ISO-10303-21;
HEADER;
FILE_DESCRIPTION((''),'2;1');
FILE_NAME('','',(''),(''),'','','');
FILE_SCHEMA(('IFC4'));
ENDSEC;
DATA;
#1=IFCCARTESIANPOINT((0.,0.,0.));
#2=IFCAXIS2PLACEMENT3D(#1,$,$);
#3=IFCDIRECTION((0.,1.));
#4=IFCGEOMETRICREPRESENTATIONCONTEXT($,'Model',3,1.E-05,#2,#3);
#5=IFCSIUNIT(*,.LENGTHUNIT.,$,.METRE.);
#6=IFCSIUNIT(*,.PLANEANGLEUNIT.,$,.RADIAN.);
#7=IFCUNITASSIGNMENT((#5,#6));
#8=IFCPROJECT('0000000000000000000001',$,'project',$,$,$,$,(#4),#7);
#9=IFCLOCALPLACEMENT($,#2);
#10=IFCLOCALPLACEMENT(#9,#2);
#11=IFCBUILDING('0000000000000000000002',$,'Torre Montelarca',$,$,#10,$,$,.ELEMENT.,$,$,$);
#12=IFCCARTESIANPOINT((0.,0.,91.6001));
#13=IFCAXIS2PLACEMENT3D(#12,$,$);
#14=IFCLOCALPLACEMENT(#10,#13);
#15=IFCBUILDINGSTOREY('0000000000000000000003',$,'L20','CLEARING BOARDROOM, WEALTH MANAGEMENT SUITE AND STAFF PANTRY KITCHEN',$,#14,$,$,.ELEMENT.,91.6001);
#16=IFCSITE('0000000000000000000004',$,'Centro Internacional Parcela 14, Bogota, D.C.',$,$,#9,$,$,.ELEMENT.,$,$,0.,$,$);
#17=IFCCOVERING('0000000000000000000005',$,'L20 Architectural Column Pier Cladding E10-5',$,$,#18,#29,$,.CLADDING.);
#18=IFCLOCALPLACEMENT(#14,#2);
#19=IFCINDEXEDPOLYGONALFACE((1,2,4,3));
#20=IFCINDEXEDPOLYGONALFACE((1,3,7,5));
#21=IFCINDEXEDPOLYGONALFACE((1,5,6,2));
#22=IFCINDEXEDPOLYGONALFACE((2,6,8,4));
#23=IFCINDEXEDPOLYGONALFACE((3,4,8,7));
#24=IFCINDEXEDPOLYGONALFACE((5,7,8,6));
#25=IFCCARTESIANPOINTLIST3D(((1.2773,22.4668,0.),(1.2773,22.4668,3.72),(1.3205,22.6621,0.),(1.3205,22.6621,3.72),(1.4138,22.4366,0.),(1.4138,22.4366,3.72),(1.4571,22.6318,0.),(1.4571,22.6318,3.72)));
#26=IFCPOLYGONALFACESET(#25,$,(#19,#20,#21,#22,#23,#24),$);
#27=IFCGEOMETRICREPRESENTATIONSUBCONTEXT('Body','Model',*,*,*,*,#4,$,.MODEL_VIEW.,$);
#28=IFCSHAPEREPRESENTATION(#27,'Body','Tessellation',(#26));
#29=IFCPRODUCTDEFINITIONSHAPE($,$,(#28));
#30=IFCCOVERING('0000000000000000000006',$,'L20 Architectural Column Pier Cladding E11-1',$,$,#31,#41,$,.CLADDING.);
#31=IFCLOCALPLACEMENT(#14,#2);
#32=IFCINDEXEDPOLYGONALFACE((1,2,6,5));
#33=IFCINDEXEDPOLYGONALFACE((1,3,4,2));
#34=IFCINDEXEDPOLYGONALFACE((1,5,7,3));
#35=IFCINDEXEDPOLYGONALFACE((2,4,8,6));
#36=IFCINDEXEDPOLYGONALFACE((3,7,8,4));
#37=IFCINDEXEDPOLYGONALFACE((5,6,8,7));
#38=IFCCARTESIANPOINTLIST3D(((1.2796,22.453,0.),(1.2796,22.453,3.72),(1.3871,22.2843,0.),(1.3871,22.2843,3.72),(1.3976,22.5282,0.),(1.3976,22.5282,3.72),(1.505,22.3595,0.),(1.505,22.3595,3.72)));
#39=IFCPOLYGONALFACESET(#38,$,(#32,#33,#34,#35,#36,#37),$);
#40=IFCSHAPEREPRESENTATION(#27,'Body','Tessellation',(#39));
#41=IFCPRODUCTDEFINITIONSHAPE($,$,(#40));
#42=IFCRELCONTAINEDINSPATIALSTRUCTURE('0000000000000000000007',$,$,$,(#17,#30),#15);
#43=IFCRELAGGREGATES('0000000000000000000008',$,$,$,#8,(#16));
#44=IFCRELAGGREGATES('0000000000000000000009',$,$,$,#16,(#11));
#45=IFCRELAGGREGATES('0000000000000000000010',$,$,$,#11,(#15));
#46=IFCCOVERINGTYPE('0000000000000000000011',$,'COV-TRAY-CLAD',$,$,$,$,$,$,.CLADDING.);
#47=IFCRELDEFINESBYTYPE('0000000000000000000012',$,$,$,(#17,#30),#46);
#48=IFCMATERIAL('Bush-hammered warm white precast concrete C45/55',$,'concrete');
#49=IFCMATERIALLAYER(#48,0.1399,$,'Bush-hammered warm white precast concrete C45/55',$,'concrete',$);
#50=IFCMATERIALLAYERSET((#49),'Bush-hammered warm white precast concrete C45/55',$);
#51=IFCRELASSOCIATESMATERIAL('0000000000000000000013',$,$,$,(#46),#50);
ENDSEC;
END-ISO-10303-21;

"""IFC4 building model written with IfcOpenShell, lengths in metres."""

from ifc_helpers import new_model, si_unit, direction, frame, origin, origin_2d, place, context, subcontext, project, spatial, rectangle, extrude, source, transform, mapped, material, layer, layer_set, type_object, element, save


model = new_model("IFC4")

# Units and contexts
model_context = context("Model", 3, precision=1e-05, world=origin(), true_north=direction((0.0, 1.0)))
body_context = subcontext(model_context, "Body", "Model", "MODEL_VIEW")
ifc_project = project(units=[si_unit("LENGTHUNIT", "METRE"), si_unit("PLANEANGLEUNIT", "RADIAN")], contexts=[model_context])

# Site, building, storey
site_placement = place(None, origin())
site = spatial("IfcSite", under=ifc_project, at=site_placement, Name="Centro Internacional Parcela 14, Bogota, D.C.", CompositionType="ELEMENT", RefElevation=0.0)
building_placement = place(site_placement, origin())
building = spatial("IfcBuilding", under=site, at=building_placement, Name="Torre Montelarca", CompositionType="ELEMENT")
storey_placement = place(building_placement, frame((0.0, 0.0, 91.6001)))
storey = spatial("IfcBuildingStorey", under=building, at=storey_placement, Name="L20", Description="CLEARING BOARDROOM, WEALTH MANAGEMENT SUITE AND STAFF PANTRY KITCHEN", CompositionType="ELEMENT", Elevation=91.6001)

# Coverings
ifc_material_1 = material(Name="Bush-hammered warm white precast concrete C45/55", Category="concrete")
ifc_layer_1 = layer(ifc_material_1, 0.1399, Name="Bush-hammered warm white precast concrete C45/55", Category="concrete")
ifc_layer_set_1 = layer_set([ifc_layer_1], Name="Bush-hammered warm white precast concrete C45/55")
covering_type = type_object("IfcCoveringType", Name="COV-TRAY-CLAD", PredefinedType="CLADDING", material=ifc_layer_set_1)
shared_shape_1 = source(origin(), body_context, "Body", "SweptSolid", [
    extrude(rectangle(XDim=0.2, YDim=0.1399, at=origin_2d()), origin(), (0.0, 0.0, 1.0), 3.72),
])
for number, where, z_axis, x_axis, name in (
    (1, (1.3672, 22.5493, 0.0), (0.0, 0.0, 1.0), (-0.216441, -0.976296, 0.0), "L20 Architectural Column Pier Cladding E10-5"),
    (2, (1.3923, 22.4062, 0.0), (0.0, 0.0, 1.0), (0.537314, -0.843382, 0.0), "L20 Architectural Column Pier Cladding E11-1"),
):
    element("IfcCovering", number, at=place(storey_placement, frame(where, z_axis=z_axis, x_axis=x_axis)), inside=storey, type_object=covering_type, Name=name, PredefinedType="CLADDING", context=body_context, shape_type="MappedRepresentation", body=[
        mapped(shared_shape_1, transform((0.0, 0.0, 0.0), scale=1.0)),
    ])

save(model, "model.ifc")
